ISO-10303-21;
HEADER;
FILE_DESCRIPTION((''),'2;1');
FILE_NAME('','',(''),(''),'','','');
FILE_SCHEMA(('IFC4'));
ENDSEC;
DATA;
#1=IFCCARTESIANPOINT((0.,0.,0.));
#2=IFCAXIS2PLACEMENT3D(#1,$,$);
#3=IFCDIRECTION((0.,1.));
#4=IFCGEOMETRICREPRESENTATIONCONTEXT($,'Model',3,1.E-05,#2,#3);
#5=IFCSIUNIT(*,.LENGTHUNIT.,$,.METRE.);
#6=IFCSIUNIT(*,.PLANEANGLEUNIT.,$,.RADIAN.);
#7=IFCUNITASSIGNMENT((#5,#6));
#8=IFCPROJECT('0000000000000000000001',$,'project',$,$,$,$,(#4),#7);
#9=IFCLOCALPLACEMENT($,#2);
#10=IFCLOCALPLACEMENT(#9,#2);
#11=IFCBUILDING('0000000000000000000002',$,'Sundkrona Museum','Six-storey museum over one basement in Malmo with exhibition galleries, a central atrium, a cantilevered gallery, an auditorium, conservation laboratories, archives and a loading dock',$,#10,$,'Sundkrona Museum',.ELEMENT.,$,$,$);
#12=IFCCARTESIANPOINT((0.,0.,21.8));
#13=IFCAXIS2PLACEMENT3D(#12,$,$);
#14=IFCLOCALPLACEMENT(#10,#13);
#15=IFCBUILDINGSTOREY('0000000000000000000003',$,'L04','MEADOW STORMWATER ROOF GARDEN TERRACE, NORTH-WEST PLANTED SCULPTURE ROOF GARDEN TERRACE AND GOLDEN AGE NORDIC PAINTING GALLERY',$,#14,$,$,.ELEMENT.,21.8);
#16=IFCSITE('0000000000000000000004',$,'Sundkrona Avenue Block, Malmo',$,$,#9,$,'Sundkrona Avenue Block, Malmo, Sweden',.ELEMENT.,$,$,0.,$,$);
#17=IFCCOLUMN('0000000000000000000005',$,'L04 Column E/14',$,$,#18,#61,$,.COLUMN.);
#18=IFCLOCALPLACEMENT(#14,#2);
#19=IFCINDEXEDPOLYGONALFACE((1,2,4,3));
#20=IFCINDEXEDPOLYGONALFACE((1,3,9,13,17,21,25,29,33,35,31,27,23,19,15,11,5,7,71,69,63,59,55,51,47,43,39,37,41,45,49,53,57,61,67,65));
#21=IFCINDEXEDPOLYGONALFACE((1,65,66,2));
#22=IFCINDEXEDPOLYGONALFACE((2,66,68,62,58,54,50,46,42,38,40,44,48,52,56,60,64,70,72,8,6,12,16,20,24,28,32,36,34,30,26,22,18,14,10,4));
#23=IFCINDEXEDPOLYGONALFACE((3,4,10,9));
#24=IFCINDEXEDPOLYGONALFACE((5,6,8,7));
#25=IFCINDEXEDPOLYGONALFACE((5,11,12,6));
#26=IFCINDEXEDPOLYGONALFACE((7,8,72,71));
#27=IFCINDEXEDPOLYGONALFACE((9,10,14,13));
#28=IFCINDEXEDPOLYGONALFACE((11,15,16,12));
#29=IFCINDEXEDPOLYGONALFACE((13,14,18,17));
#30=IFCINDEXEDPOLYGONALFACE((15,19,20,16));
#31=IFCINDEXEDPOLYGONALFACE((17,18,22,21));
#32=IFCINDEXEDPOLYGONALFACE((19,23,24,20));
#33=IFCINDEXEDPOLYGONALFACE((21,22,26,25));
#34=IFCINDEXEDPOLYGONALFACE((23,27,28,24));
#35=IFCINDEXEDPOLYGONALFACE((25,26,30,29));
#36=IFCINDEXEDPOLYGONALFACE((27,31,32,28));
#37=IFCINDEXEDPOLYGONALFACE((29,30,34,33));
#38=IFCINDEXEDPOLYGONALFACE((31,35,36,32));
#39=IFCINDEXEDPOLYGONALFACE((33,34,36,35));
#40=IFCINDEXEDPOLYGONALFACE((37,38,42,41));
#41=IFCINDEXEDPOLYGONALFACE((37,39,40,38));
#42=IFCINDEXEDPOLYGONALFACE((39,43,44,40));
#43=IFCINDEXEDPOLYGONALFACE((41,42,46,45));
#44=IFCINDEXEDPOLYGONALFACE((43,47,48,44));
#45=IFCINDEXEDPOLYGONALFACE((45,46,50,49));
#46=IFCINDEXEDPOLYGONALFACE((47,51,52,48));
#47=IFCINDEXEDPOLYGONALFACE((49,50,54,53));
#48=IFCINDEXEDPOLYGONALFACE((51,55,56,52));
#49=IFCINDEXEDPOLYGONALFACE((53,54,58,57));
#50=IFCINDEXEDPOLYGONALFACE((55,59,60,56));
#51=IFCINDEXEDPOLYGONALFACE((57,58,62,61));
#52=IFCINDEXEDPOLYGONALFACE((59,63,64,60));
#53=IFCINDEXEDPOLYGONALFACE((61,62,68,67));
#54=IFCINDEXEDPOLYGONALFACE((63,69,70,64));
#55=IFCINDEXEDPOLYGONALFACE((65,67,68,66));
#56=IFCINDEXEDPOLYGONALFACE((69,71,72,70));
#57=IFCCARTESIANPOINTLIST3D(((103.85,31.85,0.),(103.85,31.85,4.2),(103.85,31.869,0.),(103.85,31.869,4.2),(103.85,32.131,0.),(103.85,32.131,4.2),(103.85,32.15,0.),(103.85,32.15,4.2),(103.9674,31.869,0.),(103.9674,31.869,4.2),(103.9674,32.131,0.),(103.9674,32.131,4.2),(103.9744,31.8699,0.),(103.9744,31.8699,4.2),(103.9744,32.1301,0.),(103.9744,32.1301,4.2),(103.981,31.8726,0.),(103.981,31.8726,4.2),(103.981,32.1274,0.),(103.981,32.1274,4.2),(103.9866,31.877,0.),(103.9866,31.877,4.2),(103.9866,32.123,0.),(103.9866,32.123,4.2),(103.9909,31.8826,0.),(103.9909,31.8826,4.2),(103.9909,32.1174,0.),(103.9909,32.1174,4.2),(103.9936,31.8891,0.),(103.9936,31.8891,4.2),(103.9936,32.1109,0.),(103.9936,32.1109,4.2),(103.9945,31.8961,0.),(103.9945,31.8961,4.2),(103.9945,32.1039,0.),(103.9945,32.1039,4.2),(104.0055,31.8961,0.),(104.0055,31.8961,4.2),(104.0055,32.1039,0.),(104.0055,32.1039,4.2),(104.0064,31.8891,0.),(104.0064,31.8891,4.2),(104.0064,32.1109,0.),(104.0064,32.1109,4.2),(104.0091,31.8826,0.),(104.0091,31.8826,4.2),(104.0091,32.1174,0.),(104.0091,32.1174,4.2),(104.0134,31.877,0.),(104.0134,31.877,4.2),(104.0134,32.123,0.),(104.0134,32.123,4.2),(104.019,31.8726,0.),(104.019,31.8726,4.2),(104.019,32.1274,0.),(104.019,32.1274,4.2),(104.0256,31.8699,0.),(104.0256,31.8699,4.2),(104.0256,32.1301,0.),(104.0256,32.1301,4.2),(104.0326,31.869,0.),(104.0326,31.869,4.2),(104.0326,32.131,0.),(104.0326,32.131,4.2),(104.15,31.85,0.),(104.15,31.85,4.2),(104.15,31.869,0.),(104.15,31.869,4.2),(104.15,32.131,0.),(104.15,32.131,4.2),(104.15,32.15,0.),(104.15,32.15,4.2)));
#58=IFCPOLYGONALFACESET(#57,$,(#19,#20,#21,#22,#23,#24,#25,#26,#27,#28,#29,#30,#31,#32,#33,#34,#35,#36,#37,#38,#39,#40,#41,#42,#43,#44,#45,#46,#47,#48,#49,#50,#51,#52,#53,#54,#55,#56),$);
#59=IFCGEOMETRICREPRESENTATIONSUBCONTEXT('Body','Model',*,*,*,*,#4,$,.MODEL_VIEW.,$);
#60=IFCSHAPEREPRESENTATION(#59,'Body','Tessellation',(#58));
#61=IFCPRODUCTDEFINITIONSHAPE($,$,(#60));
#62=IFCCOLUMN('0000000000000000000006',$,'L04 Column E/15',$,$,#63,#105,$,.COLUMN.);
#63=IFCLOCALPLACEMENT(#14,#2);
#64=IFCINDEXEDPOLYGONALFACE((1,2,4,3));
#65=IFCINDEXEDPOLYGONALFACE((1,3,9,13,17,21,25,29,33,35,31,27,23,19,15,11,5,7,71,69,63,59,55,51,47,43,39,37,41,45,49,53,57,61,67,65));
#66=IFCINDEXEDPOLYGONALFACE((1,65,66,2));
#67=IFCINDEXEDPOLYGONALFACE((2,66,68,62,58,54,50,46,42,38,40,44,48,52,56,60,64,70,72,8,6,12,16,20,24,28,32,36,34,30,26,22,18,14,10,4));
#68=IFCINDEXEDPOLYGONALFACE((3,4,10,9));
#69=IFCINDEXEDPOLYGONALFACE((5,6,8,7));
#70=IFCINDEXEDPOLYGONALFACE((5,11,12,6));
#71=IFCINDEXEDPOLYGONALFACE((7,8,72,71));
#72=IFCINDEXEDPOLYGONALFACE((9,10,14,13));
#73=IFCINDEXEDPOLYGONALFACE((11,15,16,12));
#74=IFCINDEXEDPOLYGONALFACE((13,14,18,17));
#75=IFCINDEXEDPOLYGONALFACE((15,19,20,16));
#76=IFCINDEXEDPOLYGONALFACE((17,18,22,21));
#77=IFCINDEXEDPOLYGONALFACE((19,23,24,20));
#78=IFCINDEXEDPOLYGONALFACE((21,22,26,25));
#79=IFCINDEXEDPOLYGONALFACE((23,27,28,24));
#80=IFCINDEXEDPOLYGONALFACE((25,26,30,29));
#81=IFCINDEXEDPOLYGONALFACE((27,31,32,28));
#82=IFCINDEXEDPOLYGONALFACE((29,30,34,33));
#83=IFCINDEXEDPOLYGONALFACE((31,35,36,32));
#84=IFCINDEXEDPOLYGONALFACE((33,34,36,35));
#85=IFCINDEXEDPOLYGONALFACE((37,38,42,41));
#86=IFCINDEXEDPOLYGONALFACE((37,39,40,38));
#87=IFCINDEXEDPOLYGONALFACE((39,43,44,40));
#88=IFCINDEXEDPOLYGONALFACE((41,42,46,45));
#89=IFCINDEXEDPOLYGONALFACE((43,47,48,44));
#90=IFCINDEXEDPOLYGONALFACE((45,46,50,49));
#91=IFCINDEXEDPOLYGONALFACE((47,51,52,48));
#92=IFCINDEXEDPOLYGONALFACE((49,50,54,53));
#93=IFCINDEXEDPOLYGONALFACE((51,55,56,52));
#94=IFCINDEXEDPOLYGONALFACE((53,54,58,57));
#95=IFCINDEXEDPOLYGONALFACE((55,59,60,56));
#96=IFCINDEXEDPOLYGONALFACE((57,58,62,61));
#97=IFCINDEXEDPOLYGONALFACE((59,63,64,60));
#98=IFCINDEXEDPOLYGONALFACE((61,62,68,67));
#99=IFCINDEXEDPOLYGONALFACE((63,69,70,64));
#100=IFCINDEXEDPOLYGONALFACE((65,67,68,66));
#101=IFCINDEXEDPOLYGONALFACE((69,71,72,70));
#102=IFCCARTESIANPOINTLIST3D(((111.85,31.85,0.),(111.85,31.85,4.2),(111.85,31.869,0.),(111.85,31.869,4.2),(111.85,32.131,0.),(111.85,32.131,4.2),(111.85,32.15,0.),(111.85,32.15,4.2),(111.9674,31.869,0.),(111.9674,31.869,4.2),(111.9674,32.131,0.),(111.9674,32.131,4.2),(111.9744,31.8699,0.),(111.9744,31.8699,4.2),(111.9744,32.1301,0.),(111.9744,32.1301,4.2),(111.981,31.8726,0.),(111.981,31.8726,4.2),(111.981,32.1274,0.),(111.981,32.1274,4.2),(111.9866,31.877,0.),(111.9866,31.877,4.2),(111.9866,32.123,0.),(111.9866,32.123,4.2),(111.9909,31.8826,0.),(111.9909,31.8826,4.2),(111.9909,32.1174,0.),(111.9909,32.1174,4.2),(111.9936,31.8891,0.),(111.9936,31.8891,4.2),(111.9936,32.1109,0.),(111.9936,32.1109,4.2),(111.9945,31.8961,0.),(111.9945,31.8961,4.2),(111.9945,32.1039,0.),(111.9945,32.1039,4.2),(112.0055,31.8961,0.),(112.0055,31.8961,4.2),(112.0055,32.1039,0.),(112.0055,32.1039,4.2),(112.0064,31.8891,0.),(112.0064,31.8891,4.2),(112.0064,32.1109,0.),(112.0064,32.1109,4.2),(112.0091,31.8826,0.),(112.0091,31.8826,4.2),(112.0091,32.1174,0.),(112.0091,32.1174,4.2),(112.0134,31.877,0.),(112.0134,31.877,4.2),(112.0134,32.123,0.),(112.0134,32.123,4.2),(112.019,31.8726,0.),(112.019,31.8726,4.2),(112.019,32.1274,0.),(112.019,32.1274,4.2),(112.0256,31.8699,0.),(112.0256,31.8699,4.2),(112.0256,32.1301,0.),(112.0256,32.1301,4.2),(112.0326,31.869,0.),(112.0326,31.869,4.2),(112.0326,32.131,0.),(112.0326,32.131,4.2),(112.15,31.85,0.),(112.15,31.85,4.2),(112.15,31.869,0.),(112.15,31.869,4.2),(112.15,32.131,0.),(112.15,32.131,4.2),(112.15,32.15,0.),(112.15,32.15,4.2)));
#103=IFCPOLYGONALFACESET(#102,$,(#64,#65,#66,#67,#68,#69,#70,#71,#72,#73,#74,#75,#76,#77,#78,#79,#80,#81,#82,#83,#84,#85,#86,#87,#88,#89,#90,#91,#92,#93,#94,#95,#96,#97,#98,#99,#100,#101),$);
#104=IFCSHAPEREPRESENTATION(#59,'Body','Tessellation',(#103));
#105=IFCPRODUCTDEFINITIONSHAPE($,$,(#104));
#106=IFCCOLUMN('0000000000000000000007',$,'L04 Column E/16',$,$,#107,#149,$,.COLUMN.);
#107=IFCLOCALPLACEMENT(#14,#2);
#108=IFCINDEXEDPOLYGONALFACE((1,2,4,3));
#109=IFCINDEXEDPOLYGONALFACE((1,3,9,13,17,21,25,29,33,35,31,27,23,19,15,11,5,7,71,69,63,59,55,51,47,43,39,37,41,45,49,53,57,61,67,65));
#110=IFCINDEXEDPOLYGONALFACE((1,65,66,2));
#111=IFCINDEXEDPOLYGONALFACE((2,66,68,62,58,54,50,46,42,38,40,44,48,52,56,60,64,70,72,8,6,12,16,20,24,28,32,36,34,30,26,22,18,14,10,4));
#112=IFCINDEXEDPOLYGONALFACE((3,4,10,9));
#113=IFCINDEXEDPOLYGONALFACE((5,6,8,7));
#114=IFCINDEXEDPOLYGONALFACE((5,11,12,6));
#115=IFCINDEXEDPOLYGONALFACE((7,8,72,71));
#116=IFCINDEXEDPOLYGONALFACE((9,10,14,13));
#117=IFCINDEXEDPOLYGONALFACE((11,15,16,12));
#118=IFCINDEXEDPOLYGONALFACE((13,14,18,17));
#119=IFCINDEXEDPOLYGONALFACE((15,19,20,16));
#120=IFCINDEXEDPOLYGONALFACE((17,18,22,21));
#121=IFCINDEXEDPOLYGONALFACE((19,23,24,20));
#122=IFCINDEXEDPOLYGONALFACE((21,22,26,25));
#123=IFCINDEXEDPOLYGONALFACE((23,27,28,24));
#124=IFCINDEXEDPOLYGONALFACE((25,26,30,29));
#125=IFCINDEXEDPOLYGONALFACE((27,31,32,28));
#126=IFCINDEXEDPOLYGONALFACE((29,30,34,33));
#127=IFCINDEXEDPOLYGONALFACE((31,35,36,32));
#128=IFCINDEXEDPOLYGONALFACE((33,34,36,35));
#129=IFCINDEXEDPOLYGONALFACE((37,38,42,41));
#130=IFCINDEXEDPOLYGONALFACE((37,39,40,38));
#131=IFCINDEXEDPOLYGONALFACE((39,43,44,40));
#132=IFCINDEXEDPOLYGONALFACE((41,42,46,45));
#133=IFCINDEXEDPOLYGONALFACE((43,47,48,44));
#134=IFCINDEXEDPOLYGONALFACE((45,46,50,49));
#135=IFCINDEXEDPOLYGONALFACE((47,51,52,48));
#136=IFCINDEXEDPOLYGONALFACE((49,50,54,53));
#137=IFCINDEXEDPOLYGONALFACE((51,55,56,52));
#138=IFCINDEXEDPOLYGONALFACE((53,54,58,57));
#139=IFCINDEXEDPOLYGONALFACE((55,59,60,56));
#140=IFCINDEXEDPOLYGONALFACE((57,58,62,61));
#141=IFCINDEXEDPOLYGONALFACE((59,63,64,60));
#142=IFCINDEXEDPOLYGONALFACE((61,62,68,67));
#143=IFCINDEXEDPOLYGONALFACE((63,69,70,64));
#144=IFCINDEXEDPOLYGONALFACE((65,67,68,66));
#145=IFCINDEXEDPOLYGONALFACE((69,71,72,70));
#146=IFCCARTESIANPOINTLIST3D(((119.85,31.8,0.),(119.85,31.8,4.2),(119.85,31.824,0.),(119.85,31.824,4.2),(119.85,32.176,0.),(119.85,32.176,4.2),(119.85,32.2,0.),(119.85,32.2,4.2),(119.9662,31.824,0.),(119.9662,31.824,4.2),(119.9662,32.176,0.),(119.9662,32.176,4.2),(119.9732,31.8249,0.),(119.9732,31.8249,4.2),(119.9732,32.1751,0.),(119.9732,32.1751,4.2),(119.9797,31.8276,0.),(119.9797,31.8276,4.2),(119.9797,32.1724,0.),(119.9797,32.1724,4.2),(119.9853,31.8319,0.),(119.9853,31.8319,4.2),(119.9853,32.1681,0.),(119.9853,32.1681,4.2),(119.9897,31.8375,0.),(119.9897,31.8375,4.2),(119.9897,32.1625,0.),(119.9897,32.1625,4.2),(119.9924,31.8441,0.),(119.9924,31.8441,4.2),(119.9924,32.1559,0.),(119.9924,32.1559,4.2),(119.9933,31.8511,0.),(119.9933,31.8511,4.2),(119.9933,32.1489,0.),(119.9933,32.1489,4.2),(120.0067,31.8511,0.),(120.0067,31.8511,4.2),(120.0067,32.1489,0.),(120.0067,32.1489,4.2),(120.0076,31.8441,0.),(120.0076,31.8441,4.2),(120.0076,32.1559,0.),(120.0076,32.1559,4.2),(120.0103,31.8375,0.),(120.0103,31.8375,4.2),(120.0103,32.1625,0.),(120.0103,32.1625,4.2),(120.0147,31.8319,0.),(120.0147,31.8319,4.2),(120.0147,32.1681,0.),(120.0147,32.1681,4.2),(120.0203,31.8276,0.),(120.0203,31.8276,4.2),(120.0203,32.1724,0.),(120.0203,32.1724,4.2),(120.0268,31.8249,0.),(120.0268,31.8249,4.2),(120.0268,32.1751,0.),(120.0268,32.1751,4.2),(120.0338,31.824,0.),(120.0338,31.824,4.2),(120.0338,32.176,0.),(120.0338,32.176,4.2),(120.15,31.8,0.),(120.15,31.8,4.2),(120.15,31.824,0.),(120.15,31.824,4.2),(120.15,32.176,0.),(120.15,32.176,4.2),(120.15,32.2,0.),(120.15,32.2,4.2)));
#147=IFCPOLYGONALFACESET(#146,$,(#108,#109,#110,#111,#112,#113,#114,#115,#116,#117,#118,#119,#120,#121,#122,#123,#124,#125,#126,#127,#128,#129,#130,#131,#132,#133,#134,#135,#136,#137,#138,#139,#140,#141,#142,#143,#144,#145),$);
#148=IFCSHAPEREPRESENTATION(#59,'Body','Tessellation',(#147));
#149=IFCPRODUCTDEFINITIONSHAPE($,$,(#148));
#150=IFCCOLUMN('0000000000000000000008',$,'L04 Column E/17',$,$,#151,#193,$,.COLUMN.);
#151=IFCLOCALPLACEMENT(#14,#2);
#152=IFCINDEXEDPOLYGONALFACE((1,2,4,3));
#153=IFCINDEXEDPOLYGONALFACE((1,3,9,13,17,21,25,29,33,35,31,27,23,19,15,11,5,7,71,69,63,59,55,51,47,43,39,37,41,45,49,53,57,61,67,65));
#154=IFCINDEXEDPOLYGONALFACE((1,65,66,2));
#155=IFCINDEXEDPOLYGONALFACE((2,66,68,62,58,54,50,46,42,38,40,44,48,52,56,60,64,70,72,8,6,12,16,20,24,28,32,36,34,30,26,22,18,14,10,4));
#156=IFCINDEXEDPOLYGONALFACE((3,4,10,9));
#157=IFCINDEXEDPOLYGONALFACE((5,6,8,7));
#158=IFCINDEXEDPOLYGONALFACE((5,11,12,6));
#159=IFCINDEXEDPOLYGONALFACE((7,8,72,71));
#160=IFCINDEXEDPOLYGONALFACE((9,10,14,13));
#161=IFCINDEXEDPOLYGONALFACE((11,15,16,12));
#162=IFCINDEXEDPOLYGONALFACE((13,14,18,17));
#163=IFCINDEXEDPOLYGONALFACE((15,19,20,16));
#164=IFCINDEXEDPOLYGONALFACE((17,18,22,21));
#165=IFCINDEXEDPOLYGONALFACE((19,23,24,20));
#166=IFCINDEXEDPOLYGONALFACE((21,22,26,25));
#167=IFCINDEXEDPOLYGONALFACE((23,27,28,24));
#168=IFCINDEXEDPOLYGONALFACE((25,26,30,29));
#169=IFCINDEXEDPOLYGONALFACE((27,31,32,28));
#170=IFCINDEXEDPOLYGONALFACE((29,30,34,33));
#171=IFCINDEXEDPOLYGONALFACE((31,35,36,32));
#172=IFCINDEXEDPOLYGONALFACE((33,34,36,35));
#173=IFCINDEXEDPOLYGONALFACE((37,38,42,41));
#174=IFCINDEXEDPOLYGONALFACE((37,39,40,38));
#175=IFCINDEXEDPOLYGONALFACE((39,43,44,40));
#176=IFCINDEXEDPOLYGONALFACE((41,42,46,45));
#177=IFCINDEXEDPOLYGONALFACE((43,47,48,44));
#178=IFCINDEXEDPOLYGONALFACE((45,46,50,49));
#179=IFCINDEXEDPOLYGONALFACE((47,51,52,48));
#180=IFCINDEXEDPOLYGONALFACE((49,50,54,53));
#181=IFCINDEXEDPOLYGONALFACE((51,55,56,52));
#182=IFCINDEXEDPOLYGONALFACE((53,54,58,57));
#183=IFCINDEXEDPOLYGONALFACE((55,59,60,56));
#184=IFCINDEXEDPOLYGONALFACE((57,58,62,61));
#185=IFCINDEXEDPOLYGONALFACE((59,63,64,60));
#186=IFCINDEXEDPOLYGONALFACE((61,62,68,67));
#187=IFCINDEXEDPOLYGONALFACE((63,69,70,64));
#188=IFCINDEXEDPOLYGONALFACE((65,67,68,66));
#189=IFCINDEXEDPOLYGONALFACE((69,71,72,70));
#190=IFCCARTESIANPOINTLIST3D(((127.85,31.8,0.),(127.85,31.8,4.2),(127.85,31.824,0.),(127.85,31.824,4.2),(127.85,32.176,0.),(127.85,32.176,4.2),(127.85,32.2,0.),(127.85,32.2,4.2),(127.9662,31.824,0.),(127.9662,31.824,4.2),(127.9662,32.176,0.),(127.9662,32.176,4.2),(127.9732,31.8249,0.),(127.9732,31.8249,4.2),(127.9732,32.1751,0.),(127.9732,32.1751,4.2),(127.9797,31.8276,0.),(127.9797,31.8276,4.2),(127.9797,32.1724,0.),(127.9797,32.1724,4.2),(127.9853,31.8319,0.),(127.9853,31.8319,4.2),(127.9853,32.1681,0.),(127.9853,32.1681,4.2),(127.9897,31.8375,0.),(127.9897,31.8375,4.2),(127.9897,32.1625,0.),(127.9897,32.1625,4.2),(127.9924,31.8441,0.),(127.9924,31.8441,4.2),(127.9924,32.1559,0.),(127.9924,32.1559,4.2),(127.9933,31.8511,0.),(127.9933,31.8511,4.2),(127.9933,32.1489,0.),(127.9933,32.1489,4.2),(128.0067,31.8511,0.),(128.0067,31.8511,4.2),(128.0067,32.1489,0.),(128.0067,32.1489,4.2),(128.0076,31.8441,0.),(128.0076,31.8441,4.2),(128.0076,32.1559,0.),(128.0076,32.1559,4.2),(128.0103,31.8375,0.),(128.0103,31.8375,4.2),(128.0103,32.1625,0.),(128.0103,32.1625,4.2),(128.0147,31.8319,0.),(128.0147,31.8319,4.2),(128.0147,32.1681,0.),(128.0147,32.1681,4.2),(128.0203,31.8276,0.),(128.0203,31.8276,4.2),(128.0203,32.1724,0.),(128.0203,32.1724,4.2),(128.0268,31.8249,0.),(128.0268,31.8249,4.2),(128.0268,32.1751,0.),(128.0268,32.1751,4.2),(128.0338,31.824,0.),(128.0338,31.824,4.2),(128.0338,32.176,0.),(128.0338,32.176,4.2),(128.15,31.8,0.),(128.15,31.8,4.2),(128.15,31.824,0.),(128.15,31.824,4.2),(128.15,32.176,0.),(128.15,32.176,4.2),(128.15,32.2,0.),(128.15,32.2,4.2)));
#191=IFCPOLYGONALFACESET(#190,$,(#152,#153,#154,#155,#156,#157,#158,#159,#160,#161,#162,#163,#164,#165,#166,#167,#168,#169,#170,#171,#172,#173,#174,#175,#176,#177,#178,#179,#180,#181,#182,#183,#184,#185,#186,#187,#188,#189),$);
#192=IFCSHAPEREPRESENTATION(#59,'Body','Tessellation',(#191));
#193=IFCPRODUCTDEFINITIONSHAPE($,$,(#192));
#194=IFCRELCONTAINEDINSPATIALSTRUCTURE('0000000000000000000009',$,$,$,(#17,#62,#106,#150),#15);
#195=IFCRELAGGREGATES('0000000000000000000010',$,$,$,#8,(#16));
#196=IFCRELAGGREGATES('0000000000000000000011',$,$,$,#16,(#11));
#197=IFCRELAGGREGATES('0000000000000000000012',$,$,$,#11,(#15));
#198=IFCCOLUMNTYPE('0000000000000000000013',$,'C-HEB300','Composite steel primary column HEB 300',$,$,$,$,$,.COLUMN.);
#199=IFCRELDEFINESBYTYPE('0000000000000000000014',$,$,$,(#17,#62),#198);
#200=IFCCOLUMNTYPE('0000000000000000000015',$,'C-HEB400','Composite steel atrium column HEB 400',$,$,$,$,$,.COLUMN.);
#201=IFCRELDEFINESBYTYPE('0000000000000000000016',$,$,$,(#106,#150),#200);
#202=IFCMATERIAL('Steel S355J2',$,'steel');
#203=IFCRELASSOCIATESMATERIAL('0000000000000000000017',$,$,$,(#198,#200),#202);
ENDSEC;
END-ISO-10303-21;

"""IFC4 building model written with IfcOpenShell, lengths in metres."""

from ifc_helpers import new_model, si_unit, direction, frame, origin, origin_2d, place, context, subcontext, project, spatial, i_section, extrude, material, material_profile, profile_set, type_object, element, save


model = new_model("IFC4")

# Units and contexts
model_context = context("Model", 3, precision=1e-05, world=origin(), true_north=direction((0.0, 1.0)))
body_context = subcontext(model_context, "Body", "Model", "MODEL_VIEW")
ifc_project = project(units=[si_unit("LENGTHUNIT", "METRE"), si_unit("PLANEANGLEUNIT", "RADIAN")], contexts=[model_context])

# Site, building, storey
site_placement = place(None, origin())
site = spatial("IfcSite", under=ifc_project, at=site_placement, Name="Sundkrona Avenue Block, Malmo", LongName="Sundkrona Avenue Block, Malmo, Sweden", CompositionType="ELEMENT", RefElevation=0.0)
building_placement = place(site_placement, origin())
building = spatial("IfcBuilding", under=site, at=building_placement, Name="Sundkrona Museum", Description="Six-storey museum over one basement in Malmo with exhibition galleries, a central atrium, a cantilevered gallery, an auditorium, conservation laboratories, archives and a loading dock", LongName="Sundkrona Museum", CompositionType="ELEMENT")
storey_placement = place(building_placement, frame((0.0, 0.0, 21.8)))
storey = spatial("IfcBuildingStorey", under=building, at=storey_placement, Name="L04", Description="MEADOW STORMWATER ROOF GARDEN TERRACE, NORTH-WEST PLANTED SCULPTURE ROOF GARDEN TERRACE AND GOLDEN AGE NORDIC PAINTING GALLERY", CompositionType="ELEMENT", Elevation=21.8)

# Columns
ifc_material_1 = material(Name="Steel S355J2", Category="steel")
ifc_material_profile_1 = material_profile(ifc_material_1, i_section(OverallWidth=0.3, OverallDepth=0.3, WebThickness=0.011, FlangeThickness=0.019, FilletRadius=0.0271, at=origin_2d()), Name="HEB 300")
ifc_profile_set_1 = profile_set([ifc_material_profile_1], Name="Steel S355J2")
column_type_1 = type_object("IfcColumnType", Name="C-HEB300", Description="Composite steel primary column HEB 300", PredefinedType="COLUMN", material=ifc_profile_set_1)
for number, where, z_axis, x_axis, name in (
    (1, (104.0, 32.0, 0.0), (0.0, 0.0, 1.0), (1.0, 0.0, 0.0), "L04 Column E/14"),
    (2, (112.0, 32.0, 0.0), (0.0, 0.0, 1.0), (1.0, 0.0, 0.0), "L04 Column E/15"),
):
    element("IfcColumn", number, at=place(storey_placement, frame(where, z_axis=z_axis, x_axis=x_axis)), inside=storey, type_object=column_type_1, Name=name, PredefinedType="COLUMN", context=body_context, shape_type="SweptSolid", body=[
        extrude(i_section(OverallWidth=0.3, OverallDepth=0.3, WebThickness=0.011, FlangeThickness=0.019, FilletRadius=0.0271, at=origin_2d()), origin(), (0.0, 0.0, 1.0), 4.2),
    ])
ifc_material_profile_2 = material_profile(ifc_material_1, i_section(OverallWidth=0.3, OverallDepth=0.3999, WebThickness=0.0134, FlangeThickness=0.0239, FilletRadius=0.0271, at=origin_2d()), Name="HEB 400")
ifc_profile_set_2 = profile_set([ifc_material_profile_2], Name="Steel S355J2")
column_type_2 = type_object("IfcColumnType", Name="C-HEB400", Description="Composite steel atrium column HEB 400", PredefinedType="COLUMN", material=ifc_profile_set_2)
for number, where, z_axis, x_axis, name in (
    (3, (120.0, 32.0, 0.0), (0.0, 0.0, 1.0), (1.0, 0.0, 0.0), "L04 Column E/16"),
    (4, (128.0, 32.0, 0.0), (0.0, 0.0, 1.0), (1.0, 0.0, 0.0), "L04 Column E/17"),
):
    element("IfcColumn", number, at=place(storey_placement, frame(where, z_axis=z_axis, x_axis=x_axis)), inside=storey, type_object=column_type_2, Name=name, PredefinedType="COLUMN", context=body_context, shape_type="SweptSolid", body=[
        extrude(i_section(OverallWidth=0.3, OverallDepth=0.3999, WebThickness=0.0134, FlangeThickness=0.0239, FilletRadius=0.0271, at=origin_2d()), origin(), (0.0, 0.0, 1.0), 4.2),
    ])

save(model, "model.ifc")
